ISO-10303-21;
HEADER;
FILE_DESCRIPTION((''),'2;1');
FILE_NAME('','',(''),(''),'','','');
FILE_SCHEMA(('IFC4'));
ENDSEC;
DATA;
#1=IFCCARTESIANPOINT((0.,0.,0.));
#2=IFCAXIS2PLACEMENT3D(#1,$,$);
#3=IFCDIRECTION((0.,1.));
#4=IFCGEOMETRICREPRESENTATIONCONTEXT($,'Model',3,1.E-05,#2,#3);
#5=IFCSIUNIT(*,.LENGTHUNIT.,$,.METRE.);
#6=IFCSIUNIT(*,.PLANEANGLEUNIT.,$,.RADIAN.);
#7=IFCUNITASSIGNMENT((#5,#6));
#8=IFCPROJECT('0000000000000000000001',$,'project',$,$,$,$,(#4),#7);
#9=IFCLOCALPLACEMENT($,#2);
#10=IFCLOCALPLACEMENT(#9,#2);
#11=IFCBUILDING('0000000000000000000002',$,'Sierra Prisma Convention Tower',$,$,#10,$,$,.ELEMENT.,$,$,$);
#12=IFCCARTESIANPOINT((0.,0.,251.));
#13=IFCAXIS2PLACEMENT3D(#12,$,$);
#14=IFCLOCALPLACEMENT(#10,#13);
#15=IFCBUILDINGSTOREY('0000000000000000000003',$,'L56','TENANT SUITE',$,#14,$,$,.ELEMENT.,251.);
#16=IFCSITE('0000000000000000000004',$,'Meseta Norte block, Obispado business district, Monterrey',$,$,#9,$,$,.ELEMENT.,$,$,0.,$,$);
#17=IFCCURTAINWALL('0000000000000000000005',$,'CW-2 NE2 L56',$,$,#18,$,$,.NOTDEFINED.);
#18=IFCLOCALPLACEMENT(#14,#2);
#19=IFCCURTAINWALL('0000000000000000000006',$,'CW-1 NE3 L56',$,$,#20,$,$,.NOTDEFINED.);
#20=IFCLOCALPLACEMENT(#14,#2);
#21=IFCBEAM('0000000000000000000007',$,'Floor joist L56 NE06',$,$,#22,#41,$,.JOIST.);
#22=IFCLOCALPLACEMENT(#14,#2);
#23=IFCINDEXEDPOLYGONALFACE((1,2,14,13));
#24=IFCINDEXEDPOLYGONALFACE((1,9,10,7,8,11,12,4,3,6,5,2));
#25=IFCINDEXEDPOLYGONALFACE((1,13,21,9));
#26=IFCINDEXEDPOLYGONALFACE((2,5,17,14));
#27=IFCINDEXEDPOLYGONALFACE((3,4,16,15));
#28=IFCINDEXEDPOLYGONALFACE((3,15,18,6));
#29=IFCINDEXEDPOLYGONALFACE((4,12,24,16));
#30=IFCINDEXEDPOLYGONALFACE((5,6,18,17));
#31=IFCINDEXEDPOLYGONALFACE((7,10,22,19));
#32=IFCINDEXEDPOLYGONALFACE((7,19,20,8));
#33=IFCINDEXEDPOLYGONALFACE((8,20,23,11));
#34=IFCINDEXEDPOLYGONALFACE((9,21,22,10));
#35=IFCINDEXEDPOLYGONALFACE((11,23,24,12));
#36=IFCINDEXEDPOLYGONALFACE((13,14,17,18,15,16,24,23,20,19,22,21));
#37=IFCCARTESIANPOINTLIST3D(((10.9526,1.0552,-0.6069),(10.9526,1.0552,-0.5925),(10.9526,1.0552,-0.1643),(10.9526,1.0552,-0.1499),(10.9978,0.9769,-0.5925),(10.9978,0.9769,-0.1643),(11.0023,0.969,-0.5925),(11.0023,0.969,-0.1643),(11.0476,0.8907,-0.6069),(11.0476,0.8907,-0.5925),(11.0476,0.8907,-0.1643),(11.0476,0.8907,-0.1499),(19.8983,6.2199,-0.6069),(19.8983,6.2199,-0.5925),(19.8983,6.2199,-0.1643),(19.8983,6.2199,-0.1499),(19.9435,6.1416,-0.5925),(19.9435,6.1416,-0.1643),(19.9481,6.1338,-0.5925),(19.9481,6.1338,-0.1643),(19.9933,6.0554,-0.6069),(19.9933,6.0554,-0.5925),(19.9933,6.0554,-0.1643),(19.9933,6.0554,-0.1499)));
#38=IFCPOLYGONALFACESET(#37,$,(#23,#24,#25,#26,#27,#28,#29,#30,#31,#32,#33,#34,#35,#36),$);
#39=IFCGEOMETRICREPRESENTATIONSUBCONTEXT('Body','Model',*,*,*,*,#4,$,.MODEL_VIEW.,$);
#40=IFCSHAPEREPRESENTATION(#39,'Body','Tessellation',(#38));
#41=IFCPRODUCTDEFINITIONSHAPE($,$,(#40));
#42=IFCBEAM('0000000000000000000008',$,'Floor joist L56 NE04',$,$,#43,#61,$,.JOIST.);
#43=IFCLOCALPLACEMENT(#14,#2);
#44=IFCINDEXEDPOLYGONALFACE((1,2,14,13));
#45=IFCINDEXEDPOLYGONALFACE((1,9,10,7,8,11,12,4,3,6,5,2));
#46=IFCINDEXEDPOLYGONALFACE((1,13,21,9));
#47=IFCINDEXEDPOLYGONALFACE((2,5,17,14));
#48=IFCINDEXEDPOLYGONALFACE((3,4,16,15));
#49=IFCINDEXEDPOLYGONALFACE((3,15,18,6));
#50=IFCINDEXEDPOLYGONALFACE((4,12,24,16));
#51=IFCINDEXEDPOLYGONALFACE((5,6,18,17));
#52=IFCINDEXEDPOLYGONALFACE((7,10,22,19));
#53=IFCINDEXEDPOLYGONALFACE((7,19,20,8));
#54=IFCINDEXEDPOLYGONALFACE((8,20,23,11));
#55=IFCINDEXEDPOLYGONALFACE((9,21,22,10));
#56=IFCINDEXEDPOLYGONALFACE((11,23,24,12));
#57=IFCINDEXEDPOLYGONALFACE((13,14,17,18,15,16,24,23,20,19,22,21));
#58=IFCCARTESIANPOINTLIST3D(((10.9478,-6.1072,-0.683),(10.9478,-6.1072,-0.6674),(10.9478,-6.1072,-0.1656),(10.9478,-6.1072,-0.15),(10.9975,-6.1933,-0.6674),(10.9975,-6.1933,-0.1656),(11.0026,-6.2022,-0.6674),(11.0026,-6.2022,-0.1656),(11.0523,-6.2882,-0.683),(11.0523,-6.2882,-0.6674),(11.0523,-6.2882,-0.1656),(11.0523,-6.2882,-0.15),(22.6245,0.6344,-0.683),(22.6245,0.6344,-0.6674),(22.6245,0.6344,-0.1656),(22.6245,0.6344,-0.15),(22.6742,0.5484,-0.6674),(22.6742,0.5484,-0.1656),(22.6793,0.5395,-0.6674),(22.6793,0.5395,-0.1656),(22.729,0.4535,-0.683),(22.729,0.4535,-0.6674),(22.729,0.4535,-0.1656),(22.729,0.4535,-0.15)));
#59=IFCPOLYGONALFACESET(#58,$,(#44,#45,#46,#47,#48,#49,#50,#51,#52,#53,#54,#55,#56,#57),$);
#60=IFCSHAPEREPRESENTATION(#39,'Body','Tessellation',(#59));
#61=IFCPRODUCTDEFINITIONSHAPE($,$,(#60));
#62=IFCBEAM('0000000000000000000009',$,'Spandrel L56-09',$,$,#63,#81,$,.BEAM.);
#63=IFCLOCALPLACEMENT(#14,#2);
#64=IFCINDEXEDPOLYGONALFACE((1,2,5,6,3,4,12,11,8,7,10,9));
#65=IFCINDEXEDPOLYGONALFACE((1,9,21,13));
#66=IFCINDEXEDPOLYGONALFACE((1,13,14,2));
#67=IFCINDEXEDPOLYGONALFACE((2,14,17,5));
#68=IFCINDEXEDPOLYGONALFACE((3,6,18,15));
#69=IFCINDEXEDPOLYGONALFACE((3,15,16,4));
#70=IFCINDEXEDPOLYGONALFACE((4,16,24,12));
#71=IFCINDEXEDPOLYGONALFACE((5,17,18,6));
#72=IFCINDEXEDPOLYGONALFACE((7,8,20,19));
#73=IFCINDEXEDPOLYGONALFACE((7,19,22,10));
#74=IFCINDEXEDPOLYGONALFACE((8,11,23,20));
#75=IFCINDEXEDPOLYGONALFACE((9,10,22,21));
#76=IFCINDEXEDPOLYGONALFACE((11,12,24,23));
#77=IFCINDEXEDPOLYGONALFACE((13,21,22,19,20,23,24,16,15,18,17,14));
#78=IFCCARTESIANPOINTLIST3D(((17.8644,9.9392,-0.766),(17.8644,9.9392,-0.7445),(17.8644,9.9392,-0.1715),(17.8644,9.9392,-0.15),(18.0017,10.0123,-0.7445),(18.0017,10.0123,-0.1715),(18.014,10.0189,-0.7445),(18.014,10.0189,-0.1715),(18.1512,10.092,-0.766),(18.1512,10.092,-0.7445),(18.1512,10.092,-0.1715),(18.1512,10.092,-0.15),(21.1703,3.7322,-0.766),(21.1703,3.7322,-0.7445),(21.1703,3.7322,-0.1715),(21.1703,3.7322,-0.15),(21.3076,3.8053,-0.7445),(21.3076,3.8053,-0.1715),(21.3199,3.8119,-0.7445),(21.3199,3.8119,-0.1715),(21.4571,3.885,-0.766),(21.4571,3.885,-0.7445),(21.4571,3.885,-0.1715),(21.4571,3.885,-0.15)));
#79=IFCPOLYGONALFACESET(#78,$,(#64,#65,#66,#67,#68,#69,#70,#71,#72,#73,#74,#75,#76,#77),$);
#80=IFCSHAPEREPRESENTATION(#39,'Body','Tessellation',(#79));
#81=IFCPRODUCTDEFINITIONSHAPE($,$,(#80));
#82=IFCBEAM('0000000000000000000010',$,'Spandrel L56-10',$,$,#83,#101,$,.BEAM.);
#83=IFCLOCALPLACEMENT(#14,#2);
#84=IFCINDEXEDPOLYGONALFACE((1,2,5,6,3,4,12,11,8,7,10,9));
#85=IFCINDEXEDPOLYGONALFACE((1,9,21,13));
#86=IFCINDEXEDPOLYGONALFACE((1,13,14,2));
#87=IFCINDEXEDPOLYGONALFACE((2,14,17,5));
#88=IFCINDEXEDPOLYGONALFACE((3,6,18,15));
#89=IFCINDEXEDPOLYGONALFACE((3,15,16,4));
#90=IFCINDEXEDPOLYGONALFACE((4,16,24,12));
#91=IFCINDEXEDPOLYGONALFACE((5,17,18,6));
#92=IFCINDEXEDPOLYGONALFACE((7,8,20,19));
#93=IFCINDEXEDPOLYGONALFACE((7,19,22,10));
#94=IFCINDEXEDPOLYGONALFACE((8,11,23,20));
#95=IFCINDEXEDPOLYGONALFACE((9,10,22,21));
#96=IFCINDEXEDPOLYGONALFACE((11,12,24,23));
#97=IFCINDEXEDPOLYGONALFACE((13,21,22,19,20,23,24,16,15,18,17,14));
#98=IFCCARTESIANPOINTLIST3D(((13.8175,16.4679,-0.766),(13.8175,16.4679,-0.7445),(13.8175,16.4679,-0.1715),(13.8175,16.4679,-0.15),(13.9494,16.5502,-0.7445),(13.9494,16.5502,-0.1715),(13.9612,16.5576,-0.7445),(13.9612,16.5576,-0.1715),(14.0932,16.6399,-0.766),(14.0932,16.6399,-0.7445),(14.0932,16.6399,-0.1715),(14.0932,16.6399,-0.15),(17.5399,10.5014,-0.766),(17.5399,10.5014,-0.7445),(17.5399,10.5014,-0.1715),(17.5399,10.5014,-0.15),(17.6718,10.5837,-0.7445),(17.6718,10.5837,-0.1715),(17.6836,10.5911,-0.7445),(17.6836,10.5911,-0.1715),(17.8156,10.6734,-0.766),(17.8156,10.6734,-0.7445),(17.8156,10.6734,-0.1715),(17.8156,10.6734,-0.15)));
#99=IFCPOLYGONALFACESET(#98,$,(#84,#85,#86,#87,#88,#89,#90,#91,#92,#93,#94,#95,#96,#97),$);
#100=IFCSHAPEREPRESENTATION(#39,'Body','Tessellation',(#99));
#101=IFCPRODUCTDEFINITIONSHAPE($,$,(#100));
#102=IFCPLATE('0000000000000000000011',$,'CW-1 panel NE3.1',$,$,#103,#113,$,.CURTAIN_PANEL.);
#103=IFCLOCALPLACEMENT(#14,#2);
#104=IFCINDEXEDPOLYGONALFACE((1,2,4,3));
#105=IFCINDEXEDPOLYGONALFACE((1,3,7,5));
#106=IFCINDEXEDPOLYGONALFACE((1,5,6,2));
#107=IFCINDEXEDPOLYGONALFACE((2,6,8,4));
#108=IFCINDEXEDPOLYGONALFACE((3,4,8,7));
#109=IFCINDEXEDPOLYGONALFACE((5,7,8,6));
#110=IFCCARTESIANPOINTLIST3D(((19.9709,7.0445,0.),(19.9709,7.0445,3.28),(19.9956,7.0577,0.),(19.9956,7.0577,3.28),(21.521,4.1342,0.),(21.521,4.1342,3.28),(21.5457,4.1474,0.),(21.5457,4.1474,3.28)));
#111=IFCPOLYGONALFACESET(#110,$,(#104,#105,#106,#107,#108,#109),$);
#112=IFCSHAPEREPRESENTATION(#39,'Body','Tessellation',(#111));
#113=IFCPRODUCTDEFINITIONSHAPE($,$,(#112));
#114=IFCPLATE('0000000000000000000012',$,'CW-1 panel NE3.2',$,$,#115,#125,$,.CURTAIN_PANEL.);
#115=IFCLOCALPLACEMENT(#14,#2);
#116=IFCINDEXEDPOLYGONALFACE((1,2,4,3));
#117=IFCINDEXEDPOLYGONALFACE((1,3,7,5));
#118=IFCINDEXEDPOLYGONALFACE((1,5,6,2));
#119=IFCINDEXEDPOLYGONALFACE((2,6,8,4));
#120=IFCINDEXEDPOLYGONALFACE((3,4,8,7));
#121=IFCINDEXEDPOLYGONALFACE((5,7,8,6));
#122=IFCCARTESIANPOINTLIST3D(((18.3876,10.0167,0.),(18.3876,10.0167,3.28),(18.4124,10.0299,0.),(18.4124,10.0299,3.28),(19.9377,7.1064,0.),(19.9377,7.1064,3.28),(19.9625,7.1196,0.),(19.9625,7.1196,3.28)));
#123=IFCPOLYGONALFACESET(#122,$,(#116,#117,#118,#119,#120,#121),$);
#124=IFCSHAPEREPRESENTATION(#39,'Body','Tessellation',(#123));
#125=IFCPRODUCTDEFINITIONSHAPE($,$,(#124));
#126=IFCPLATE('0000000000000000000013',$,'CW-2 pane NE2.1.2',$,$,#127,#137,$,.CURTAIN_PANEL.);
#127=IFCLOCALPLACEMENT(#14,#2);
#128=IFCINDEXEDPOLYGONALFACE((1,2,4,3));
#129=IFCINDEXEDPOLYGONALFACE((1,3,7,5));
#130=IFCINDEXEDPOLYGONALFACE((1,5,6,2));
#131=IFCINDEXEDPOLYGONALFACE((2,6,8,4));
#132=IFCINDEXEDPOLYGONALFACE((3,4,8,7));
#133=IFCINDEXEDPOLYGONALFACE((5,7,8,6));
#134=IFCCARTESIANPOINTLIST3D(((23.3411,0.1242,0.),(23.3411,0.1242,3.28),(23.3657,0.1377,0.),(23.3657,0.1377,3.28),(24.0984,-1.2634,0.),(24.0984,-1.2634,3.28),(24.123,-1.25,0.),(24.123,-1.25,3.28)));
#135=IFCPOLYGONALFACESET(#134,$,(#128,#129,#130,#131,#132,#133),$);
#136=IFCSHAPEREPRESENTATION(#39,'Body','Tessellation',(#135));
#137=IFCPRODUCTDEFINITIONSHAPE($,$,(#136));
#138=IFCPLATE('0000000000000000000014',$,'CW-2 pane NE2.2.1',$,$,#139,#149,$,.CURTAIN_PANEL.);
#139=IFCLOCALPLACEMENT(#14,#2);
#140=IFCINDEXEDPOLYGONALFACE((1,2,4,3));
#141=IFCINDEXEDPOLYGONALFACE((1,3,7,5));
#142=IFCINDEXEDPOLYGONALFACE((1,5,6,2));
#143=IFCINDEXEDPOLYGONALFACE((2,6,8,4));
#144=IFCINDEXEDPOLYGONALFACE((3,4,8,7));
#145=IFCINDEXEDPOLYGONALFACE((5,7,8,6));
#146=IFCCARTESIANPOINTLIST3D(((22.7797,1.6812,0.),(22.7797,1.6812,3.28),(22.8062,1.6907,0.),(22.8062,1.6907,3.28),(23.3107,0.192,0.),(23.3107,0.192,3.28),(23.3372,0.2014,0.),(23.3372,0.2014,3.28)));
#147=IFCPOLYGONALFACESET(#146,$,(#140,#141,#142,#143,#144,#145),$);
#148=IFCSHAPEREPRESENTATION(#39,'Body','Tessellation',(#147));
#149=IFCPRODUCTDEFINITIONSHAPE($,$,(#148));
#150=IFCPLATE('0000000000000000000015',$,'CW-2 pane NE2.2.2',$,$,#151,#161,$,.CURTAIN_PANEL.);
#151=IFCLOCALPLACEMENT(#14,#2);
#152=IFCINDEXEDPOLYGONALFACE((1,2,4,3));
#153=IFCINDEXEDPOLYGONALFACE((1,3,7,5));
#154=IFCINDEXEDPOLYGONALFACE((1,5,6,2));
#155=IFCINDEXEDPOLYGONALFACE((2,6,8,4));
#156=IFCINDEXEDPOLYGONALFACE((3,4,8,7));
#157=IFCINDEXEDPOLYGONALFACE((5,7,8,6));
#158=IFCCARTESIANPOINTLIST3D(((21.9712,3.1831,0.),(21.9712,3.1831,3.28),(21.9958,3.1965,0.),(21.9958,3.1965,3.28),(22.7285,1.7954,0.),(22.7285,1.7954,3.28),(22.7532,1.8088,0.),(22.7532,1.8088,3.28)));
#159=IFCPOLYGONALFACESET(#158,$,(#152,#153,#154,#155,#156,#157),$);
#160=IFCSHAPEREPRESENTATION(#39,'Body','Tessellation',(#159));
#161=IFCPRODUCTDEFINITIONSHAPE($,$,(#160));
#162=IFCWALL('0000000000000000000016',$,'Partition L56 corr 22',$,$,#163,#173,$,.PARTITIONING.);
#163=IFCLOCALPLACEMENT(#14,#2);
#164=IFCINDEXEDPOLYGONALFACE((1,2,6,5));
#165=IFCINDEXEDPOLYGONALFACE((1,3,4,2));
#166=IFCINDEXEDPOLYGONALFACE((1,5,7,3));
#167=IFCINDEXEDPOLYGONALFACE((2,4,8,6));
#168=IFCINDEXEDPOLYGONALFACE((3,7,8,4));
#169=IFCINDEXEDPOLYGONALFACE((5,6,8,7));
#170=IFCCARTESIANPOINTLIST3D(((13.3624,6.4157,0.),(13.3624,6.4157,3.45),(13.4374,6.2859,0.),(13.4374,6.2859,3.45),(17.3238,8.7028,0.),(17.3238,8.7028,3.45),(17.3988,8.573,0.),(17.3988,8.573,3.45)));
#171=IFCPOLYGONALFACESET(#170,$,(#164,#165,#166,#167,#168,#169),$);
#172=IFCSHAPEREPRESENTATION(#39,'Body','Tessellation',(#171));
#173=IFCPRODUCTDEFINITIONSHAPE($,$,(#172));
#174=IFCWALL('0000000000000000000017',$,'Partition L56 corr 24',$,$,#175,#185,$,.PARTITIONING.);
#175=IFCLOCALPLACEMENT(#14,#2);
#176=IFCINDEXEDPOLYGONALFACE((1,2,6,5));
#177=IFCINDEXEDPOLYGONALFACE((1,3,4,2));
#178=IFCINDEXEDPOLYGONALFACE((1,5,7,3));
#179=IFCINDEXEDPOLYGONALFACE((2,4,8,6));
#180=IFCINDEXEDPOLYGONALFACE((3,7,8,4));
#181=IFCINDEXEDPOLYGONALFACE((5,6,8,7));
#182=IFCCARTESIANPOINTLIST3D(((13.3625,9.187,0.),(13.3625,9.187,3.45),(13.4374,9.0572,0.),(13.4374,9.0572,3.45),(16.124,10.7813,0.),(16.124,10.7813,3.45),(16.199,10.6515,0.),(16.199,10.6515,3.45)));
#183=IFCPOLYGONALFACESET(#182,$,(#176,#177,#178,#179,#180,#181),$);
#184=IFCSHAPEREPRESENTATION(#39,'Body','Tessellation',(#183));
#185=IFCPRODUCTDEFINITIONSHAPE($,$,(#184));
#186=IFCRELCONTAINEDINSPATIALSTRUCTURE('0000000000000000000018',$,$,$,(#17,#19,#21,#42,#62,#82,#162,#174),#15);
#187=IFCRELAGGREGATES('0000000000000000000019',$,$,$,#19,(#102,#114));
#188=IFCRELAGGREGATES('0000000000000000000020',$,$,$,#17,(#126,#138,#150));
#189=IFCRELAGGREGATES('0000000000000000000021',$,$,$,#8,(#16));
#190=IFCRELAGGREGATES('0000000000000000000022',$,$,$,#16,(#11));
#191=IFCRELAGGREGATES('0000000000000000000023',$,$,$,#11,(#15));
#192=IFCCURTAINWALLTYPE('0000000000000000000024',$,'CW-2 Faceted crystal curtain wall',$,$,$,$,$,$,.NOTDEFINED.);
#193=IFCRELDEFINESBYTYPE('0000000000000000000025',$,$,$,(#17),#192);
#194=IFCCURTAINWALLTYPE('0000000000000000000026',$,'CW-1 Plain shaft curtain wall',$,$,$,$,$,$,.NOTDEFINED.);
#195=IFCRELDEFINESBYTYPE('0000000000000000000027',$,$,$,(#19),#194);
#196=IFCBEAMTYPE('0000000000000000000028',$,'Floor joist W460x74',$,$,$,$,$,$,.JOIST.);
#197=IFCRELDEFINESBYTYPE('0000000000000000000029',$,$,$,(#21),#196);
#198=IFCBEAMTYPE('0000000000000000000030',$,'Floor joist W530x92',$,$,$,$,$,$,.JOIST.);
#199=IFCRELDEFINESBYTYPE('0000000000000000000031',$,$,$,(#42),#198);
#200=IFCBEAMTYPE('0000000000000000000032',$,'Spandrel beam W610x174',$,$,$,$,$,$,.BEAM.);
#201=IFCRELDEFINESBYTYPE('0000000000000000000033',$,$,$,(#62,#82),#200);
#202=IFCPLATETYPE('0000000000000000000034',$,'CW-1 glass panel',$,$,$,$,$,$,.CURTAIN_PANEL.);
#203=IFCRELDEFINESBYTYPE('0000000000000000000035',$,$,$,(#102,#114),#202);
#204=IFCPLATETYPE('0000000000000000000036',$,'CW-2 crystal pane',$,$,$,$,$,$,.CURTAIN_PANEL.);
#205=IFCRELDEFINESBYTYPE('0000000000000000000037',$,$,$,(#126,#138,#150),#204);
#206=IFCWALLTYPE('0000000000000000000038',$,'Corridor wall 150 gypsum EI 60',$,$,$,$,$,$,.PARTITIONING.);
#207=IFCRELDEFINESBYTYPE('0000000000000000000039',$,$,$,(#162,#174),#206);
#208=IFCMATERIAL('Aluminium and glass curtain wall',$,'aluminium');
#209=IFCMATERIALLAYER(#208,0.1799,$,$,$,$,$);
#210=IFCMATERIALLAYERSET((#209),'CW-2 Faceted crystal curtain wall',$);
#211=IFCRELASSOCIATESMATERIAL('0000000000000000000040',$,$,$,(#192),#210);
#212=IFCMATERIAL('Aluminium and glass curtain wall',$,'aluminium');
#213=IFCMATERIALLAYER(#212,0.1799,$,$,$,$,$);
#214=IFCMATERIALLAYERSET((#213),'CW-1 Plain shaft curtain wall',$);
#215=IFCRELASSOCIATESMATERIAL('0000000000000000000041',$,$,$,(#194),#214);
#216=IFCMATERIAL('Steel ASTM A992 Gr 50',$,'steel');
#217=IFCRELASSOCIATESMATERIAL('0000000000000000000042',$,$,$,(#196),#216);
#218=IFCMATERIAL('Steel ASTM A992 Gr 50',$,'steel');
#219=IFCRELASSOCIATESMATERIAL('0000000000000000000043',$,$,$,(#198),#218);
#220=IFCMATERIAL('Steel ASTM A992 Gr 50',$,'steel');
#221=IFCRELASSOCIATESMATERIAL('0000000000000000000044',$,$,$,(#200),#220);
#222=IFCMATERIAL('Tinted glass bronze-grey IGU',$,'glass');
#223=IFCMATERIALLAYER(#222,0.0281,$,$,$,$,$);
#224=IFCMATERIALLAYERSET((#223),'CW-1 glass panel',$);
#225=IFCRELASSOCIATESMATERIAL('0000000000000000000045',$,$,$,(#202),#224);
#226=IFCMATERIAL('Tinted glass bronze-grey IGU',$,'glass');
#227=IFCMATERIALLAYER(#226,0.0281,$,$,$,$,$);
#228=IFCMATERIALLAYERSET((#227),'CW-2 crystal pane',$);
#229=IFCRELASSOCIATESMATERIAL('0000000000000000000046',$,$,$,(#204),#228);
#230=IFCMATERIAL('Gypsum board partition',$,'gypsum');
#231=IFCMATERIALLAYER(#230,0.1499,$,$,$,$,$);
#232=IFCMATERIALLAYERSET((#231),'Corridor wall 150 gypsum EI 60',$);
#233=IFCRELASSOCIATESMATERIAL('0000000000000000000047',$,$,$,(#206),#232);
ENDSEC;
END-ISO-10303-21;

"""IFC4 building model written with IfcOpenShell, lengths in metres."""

from ifc_helpers import new_model, si_unit, direction, frame, frame_2d, origin, origin_2d, place, context, subcontext, project, spatial, polyline, rectangle, i_section, outline, extrude, material, layer, layer_set, material_profile, profile_set, type_object, element, aggregate, save


model = new_model("IFC4")

# Units and contexts
model_context = context("Model", 3, precision=1e-05, world=origin(), true_north=direction((0.0, 1.0)))
body_context = subcontext(model_context, "Body", "Model", "MODEL_VIEW")
ifc_project = project(units=[si_unit("LENGTHUNIT", "METRE"), si_unit("PLANEANGLEUNIT", "RADIAN")], contexts=[model_context])

# Site, building, storey
site_placement = place(None, origin())
site = spatial("IfcSite", under=ifc_project, at=site_placement, Name="Meseta Norte block, Obispado business district, Monterrey", CompositionType="ELEMENT", RefElevation=0.0)
building_placement = place(site_placement, origin())
building = spatial("IfcBuilding", under=site, at=building_placement, Name="Sierra Prisma Convention Tower", CompositionType="ELEMENT")
storey_placement = place(building_placement, frame((0.0, 0.0, 251.0)))
storey = spatial("IfcBuildingStorey", under=building, at=storey_placement, Name="L56", Description="TENANT SUITE", CompositionType="ELEMENT", Elevation=251.0)

# Curtain walls
ifc_material_1 = material(Name="Aluminium and glass curtain wall", Category="aluminium")
ifc_layer_1 = layer(ifc_material_1, 0.1799)
ifc_layer_set_1 = layer_set([ifc_layer_1], Name="CW-2 Faceted crystal curtain wall")
curtain_wall_type_1 = type_object("IfcCurtainWallType", Name="CW-2 Faceted crystal curtain wall", PredefinedType="NOTDEFINED", material=ifc_layer_set_1)
curtain_wall_1_placement = place(storey_placement, origin())
curtain_wall_1 = element("IfcCurtainWall", 1, at=curtain_wall_1_placement, inside=storey, type_object=curtain_wall_type_1, Name="CW-2 NE2 L56", PredefinedType="NOTDEFINED")
ifc_material_2 = material(Name="Aluminium and glass curtain wall", Category="aluminium")
ifc_layer_2 = layer(ifc_material_2, 0.1799)
ifc_layer_set_2 = layer_set([ifc_layer_2], Name="CW-1 Plain shaft curtain wall")
curtain_wall_type_2 = type_object("IfcCurtainWallType", Name="CW-1 Plain shaft curtain wall", PredefinedType="NOTDEFINED", material=ifc_layer_set_2)
curtain_wall_2_placement = place(storey_placement, origin())
curtain_wall_2 = element("IfcCurtainWall", 2, at=curtain_wall_2_placement, inside=storey, type_object=curtain_wall_type_2, Name="CW-1 NE3 L56", PredefinedType="NOTDEFINED")

# Beams
ifc_material_3 = material(Name="Steel ASTM A992 Gr 50", Category="steel")
ifc_material_profile_1 = material_profile(ifc_material_3, i_section(OverallWidth=0.1899, OverallDepth=0.457, WebThickness=0.009, FlangeThickness=0.0144, at=origin_2d()), Name="W460x74")
ifc_profile_set_1 = profile_set([ifc_material_profile_1], Name="Steel ASTM A992 Gr 50")
beam_type_1 = type_object("IfcBeamType", Name="Floor joist W460x74", PredefinedType="JOIST", material=ifc_profile_set_1)
beam_1_placement = place(storey_placement, frame((19.9458, 6.1377, -0.3784), z_axis=(-0.866028, -0.499995, 0.0), x_axis=(0.499995, -0.866028, 0.0)))
element("IfcBeam", 3, at=beam_1_placement, inside=storey, type_object=beam_type_1, Name="Floor joist L56 NE06", PredefinedType="JOIST", context=body_context, shape_type="SweptSolid", body=[
    extrude(i_section(OverallWidth=0.1899, OverallDepth=0.457, WebThickness=0.009, FlangeThickness=0.0144, at=origin_2d()), origin(), (0.0, 0.0, 1.0), 10.3296),
])
ifc_material_4 = material(Name="Steel ASTM A992 Gr 50", Category="steel")
ifc_material_profile_2 = material_profile(ifc_material_4, i_section(OverallWidth=0.209, OverallDepth=0.533, WebThickness=0.0103, FlangeThickness=0.0156, at=origin_2d()), Name="W530x92")
ifc_profile_set_2 = profile_set([ifc_material_profile_2], Name="Steel ASTM A992 Gr 50")
beam_type_2 = type_object("IfcBeamType", Name="Floor joist W530x92", PredefinedType="JOIST", material=ifc_profile_set_2)
beam_2_placement = place(storey_placement, frame((22.6768, 0.5439, -0.4165), z_axis=(-0.866022, -0.500007, 0.0), x_axis=(0.500007, -0.866022, 0.0)))
element("IfcBeam", 4, at=beam_2_placement, inside=storey, type_object=beam_type_2, Name="Floor joist L56 NE04", PredefinedType="JOIST", context=body_context, shape_type="SweptSolid", body=[
    extrude(i_section(OverallWidth=0.209, OverallDepth=0.533, WebThickness=0.0103, FlangeThickness=0.0156, at=origin_2d()), origin(), (0.0, 0.0, 1.0), 13.4832),
])
ifc_material_5 = material(Name="Steel ASTM A992 Gr 50", Category="steel")
ifc_material_profile_3 = material_profile(ifc_material_5, i_section(OverallWidth=0.325, OverallDepth=0.616, WebThickness=0.0139, FlangeThickness=0.0215, at=origin_2d()), Name="W610x174")
ifc_profile_set_3 = profile_set([ifc_material_profile_3], Name="Steel ASTM A992 Gr 50")
beam_type_3 = type_object("IfcBeamType", Name="Spandrel beam W610x174", PredefinedType="BEAM", material=ifc_profile_set_3)
for number, where, z_axis, x_axis, name in (
    (5, (21.3137, 3.8086, -0.458), (-0.470089, 0.882619, 0.0), (-0.882619, -0.470089, 0.0), "Spandrel L56-09"),
    (6, (17.6777, 10.5874, -0.458), (-0.529315, 0.848425, 0.0), (-0.848425, -0.529315, 0.0), "Spandrel L56-10"),
):
    element("IfcBeam", number, at=place(storey_placement, frame(where, z_axis=z_axis, x_axis=x_axis)), inside=storey, type_object=beam_type_3, Name=name, PredefinedType="BEAM", context=body_context, shape_type="SweptSolid", body=[
        extrude(i_section(OverallWidth=0.325, OverallDepth=0.616, WebThickness=0.0139, FlangeThickness=0.0215, at=origin_2d()), origin(), (0.0, 0.0, 1.0), 7.0325),
    ])

# Plates
ifc_material_6 = material(Name="Tinted glass bronze-grey IGU", Category="glass")
ifc_layer_3 = layer(ifc_material_6, 0.0281)
ifc_layer_set_3 = layer_set([ifc_layer_3], Name="CW-1 glass panel")
plate_type_1 = type_object("IfcPlateType", Name="CW-1 glass panel", PredefinedType="CURTAIN_PANEL", material=ifc_layer_set_3)
plate_1_placement = place(storey_placement, frame((20.7583, 5.5959, 0.0), z_axis=(0.0, 0.0, 1.0), x_axis=(-0.470104, 0.882611, 0.0)))
plate_1 = element("IfcPlate", 7, at=plate_1_placement, type_object=plate_type_1, Name="CW-1 panel NE3.1", PredefinedType="CURTAIN_PANEL", context=body_context, shape_type="SweptSolid", body=[
    extrude(rectangle(XDim=3.2974, YDim=0.0281, at=origin_2d()), origin(), (0.0, 0.0, 1.0), 3.28),
])
plate_2_placement = place(storey_placement, frame((19.175, 8.5681, 0.0), z_axis=(0.0, 0.0, 1.0), x_axis=(-0.470104, 0.882611, 0.0)))
plate_2 = element("IfcPlate", 8, at=plate_2_placement, type_object=plate_type_1, Name="CW-1 panel NE3.2", PredefinedType="CURTAIN_PANEL", context=body_context, shape_type="SweptSolid", body=[
    extrude(rectangle(XDim=3.2974, YDim=0.0281, at=origin_2d()), origin(), (0.0, 0.0, 1.0), 3.28),
])
aggregate(curtain_wall_2, [plate_1, plate_2])
ifc_material_7 = material(Name="Tinted glass bronze-grey IGU", Category="glass")
ifc_layer_4 = layer(ifc_material_7, 0.0281)
ifc_layer_set_4 = layer_set([ifc_layer_4], Name="CW-2 crystal pane")
plate_type_2 = type_object("IfcPlateType", Name="CW-2 crystal pane", PredefinedType="CURTAIN_PANEL", material=ifc_layer_set_4)
plate_3_placement = place(storey_placement, frame((23.3657, 0.1377, 0.0), z_axis=(0.877789, 0.479047, 0.0), x_axis=(0.479047, -0.877789, 0.0)))
plate_3 = element("IfcPlate", 9, at=plate_3_placement, type_object=plate_type_2, Name="CW-2 pane NE2.1.2", PredefinedType="CURTAIN_PANEL", context=body_context, shape_type="SweptSolid", body=[
    extrude(outline(polyline([(0.0, 0.0), (1.5809, 0.0), (1.5809, -3.28), (0.0, -3.28), (0.0, 0.0)])), origin(), (0.0, 0.0, -1.0), 0.0281),
])
plate_4_placement = place(storey_placement, frame((23.3372, 0.2014, 0.0), z_axis=(0.941916, 0.335847, 0.0), x_axis=(-0.335847, 0.941916, 0.0)))
plate_4 = element("IfcPlate", 10, at=plate_4_placement, type_object=plate_type_2, Name="CW-2 pane NE2.2.1", PredefinedType="CURTAIN_PANEL", context=body_context, shape_type="SweptSolid", body=[
    extrude(outline(polyline([(0.0, 0.0), (1.5811, 0.0), (1.5811, 3.28), (0.0, 3.28), (0.0, 0.0)])), origin(), (0.0, 0.0, -1.0), 0.0281),
])
plate_5_placement = place(storey_placement, frame((21.9958, 3.1965, 0.0), z_axis=(0.877789, 0.479047, 0.0), x_axis=(0.479047, -0.877789, 0.0)))
plate_5 = element("IfcPlate", 11, at=plate_5_placement, type_object=plate_type_2, Name="CW-2 pane NE2.2.2", PredefinedType="CURTAIN_PANEL", context=body_context, shape_type="SweptSolid", body=[
    extrude(outline(polyline([(0.0, 0.0), (1.5809, 0.0), (1.5809, -3.28), (0.0, -3.28), (0.0, 0.0)])), origin(), (0.0, 0.0, -1.0), 0.0281),
])
aggregate(curtain_wall_1, [plate_3, plate_4, plate_5])

# Walls
ifc_material_8 = material(Name="Gypsum board partition", Category="gypsum")
ifc_layer_5 = layer(ifc_material_8, 0.1499)
ifc_layer_set_5 = layer_set([ifc_layer_5], Name="Corridor wall 150 gypsum EI 60")
wall_type_1 = type_object("IfcWallType", Name="Corridor wall 150 gypsum EI 60", PredefinedType="PARTITIONING", material=ifc_layer_set_5)
wall_1_placement = place(storey_placement, frame((13.3999, 6.3508, 0.0), z_axis=(0.0, 0.0, 1.0), x_axis=(0.866027, 0.499997, 0.0)))
element("IfcWall", 12, at=wall_1_placement, inside=storey, type_object=wall_type_1, Name="Partition L56 corr 22", PredefinedType="PARTITIONING", context=body_context, shape_type="SweptSolid", body=[
    extrude(rectangle(XDim=4.5742, YDim=0.1499, at=frame_2d((2.2871, 0.0))), origin(), (0.0, 0.0, 1.0), 3.45),
])
wall_2_placement = place(storey_placement, frame((16.1614, 10.7163, 0.0), z_axis=(0.0, 0.0, 1.0), x_axis=(-0.866039, -0.499977, 0.0)))
element("IfcWall", 13, at=wall_2_placement, inside=storey, type_object=wall_type_1, Name="Partition L56 corr 24", PredefinedType="PARTITIONING", context=body_context, shape_type="SweptSolid", body=[
    extrude(rectangle(XDim=3.1887, YDim=0.1499, at=frame_2d((1.5942, 0.0))), origin(), (0.0, 0.0, 1.0), 3.45),
])

save(model, "model.ifc")
